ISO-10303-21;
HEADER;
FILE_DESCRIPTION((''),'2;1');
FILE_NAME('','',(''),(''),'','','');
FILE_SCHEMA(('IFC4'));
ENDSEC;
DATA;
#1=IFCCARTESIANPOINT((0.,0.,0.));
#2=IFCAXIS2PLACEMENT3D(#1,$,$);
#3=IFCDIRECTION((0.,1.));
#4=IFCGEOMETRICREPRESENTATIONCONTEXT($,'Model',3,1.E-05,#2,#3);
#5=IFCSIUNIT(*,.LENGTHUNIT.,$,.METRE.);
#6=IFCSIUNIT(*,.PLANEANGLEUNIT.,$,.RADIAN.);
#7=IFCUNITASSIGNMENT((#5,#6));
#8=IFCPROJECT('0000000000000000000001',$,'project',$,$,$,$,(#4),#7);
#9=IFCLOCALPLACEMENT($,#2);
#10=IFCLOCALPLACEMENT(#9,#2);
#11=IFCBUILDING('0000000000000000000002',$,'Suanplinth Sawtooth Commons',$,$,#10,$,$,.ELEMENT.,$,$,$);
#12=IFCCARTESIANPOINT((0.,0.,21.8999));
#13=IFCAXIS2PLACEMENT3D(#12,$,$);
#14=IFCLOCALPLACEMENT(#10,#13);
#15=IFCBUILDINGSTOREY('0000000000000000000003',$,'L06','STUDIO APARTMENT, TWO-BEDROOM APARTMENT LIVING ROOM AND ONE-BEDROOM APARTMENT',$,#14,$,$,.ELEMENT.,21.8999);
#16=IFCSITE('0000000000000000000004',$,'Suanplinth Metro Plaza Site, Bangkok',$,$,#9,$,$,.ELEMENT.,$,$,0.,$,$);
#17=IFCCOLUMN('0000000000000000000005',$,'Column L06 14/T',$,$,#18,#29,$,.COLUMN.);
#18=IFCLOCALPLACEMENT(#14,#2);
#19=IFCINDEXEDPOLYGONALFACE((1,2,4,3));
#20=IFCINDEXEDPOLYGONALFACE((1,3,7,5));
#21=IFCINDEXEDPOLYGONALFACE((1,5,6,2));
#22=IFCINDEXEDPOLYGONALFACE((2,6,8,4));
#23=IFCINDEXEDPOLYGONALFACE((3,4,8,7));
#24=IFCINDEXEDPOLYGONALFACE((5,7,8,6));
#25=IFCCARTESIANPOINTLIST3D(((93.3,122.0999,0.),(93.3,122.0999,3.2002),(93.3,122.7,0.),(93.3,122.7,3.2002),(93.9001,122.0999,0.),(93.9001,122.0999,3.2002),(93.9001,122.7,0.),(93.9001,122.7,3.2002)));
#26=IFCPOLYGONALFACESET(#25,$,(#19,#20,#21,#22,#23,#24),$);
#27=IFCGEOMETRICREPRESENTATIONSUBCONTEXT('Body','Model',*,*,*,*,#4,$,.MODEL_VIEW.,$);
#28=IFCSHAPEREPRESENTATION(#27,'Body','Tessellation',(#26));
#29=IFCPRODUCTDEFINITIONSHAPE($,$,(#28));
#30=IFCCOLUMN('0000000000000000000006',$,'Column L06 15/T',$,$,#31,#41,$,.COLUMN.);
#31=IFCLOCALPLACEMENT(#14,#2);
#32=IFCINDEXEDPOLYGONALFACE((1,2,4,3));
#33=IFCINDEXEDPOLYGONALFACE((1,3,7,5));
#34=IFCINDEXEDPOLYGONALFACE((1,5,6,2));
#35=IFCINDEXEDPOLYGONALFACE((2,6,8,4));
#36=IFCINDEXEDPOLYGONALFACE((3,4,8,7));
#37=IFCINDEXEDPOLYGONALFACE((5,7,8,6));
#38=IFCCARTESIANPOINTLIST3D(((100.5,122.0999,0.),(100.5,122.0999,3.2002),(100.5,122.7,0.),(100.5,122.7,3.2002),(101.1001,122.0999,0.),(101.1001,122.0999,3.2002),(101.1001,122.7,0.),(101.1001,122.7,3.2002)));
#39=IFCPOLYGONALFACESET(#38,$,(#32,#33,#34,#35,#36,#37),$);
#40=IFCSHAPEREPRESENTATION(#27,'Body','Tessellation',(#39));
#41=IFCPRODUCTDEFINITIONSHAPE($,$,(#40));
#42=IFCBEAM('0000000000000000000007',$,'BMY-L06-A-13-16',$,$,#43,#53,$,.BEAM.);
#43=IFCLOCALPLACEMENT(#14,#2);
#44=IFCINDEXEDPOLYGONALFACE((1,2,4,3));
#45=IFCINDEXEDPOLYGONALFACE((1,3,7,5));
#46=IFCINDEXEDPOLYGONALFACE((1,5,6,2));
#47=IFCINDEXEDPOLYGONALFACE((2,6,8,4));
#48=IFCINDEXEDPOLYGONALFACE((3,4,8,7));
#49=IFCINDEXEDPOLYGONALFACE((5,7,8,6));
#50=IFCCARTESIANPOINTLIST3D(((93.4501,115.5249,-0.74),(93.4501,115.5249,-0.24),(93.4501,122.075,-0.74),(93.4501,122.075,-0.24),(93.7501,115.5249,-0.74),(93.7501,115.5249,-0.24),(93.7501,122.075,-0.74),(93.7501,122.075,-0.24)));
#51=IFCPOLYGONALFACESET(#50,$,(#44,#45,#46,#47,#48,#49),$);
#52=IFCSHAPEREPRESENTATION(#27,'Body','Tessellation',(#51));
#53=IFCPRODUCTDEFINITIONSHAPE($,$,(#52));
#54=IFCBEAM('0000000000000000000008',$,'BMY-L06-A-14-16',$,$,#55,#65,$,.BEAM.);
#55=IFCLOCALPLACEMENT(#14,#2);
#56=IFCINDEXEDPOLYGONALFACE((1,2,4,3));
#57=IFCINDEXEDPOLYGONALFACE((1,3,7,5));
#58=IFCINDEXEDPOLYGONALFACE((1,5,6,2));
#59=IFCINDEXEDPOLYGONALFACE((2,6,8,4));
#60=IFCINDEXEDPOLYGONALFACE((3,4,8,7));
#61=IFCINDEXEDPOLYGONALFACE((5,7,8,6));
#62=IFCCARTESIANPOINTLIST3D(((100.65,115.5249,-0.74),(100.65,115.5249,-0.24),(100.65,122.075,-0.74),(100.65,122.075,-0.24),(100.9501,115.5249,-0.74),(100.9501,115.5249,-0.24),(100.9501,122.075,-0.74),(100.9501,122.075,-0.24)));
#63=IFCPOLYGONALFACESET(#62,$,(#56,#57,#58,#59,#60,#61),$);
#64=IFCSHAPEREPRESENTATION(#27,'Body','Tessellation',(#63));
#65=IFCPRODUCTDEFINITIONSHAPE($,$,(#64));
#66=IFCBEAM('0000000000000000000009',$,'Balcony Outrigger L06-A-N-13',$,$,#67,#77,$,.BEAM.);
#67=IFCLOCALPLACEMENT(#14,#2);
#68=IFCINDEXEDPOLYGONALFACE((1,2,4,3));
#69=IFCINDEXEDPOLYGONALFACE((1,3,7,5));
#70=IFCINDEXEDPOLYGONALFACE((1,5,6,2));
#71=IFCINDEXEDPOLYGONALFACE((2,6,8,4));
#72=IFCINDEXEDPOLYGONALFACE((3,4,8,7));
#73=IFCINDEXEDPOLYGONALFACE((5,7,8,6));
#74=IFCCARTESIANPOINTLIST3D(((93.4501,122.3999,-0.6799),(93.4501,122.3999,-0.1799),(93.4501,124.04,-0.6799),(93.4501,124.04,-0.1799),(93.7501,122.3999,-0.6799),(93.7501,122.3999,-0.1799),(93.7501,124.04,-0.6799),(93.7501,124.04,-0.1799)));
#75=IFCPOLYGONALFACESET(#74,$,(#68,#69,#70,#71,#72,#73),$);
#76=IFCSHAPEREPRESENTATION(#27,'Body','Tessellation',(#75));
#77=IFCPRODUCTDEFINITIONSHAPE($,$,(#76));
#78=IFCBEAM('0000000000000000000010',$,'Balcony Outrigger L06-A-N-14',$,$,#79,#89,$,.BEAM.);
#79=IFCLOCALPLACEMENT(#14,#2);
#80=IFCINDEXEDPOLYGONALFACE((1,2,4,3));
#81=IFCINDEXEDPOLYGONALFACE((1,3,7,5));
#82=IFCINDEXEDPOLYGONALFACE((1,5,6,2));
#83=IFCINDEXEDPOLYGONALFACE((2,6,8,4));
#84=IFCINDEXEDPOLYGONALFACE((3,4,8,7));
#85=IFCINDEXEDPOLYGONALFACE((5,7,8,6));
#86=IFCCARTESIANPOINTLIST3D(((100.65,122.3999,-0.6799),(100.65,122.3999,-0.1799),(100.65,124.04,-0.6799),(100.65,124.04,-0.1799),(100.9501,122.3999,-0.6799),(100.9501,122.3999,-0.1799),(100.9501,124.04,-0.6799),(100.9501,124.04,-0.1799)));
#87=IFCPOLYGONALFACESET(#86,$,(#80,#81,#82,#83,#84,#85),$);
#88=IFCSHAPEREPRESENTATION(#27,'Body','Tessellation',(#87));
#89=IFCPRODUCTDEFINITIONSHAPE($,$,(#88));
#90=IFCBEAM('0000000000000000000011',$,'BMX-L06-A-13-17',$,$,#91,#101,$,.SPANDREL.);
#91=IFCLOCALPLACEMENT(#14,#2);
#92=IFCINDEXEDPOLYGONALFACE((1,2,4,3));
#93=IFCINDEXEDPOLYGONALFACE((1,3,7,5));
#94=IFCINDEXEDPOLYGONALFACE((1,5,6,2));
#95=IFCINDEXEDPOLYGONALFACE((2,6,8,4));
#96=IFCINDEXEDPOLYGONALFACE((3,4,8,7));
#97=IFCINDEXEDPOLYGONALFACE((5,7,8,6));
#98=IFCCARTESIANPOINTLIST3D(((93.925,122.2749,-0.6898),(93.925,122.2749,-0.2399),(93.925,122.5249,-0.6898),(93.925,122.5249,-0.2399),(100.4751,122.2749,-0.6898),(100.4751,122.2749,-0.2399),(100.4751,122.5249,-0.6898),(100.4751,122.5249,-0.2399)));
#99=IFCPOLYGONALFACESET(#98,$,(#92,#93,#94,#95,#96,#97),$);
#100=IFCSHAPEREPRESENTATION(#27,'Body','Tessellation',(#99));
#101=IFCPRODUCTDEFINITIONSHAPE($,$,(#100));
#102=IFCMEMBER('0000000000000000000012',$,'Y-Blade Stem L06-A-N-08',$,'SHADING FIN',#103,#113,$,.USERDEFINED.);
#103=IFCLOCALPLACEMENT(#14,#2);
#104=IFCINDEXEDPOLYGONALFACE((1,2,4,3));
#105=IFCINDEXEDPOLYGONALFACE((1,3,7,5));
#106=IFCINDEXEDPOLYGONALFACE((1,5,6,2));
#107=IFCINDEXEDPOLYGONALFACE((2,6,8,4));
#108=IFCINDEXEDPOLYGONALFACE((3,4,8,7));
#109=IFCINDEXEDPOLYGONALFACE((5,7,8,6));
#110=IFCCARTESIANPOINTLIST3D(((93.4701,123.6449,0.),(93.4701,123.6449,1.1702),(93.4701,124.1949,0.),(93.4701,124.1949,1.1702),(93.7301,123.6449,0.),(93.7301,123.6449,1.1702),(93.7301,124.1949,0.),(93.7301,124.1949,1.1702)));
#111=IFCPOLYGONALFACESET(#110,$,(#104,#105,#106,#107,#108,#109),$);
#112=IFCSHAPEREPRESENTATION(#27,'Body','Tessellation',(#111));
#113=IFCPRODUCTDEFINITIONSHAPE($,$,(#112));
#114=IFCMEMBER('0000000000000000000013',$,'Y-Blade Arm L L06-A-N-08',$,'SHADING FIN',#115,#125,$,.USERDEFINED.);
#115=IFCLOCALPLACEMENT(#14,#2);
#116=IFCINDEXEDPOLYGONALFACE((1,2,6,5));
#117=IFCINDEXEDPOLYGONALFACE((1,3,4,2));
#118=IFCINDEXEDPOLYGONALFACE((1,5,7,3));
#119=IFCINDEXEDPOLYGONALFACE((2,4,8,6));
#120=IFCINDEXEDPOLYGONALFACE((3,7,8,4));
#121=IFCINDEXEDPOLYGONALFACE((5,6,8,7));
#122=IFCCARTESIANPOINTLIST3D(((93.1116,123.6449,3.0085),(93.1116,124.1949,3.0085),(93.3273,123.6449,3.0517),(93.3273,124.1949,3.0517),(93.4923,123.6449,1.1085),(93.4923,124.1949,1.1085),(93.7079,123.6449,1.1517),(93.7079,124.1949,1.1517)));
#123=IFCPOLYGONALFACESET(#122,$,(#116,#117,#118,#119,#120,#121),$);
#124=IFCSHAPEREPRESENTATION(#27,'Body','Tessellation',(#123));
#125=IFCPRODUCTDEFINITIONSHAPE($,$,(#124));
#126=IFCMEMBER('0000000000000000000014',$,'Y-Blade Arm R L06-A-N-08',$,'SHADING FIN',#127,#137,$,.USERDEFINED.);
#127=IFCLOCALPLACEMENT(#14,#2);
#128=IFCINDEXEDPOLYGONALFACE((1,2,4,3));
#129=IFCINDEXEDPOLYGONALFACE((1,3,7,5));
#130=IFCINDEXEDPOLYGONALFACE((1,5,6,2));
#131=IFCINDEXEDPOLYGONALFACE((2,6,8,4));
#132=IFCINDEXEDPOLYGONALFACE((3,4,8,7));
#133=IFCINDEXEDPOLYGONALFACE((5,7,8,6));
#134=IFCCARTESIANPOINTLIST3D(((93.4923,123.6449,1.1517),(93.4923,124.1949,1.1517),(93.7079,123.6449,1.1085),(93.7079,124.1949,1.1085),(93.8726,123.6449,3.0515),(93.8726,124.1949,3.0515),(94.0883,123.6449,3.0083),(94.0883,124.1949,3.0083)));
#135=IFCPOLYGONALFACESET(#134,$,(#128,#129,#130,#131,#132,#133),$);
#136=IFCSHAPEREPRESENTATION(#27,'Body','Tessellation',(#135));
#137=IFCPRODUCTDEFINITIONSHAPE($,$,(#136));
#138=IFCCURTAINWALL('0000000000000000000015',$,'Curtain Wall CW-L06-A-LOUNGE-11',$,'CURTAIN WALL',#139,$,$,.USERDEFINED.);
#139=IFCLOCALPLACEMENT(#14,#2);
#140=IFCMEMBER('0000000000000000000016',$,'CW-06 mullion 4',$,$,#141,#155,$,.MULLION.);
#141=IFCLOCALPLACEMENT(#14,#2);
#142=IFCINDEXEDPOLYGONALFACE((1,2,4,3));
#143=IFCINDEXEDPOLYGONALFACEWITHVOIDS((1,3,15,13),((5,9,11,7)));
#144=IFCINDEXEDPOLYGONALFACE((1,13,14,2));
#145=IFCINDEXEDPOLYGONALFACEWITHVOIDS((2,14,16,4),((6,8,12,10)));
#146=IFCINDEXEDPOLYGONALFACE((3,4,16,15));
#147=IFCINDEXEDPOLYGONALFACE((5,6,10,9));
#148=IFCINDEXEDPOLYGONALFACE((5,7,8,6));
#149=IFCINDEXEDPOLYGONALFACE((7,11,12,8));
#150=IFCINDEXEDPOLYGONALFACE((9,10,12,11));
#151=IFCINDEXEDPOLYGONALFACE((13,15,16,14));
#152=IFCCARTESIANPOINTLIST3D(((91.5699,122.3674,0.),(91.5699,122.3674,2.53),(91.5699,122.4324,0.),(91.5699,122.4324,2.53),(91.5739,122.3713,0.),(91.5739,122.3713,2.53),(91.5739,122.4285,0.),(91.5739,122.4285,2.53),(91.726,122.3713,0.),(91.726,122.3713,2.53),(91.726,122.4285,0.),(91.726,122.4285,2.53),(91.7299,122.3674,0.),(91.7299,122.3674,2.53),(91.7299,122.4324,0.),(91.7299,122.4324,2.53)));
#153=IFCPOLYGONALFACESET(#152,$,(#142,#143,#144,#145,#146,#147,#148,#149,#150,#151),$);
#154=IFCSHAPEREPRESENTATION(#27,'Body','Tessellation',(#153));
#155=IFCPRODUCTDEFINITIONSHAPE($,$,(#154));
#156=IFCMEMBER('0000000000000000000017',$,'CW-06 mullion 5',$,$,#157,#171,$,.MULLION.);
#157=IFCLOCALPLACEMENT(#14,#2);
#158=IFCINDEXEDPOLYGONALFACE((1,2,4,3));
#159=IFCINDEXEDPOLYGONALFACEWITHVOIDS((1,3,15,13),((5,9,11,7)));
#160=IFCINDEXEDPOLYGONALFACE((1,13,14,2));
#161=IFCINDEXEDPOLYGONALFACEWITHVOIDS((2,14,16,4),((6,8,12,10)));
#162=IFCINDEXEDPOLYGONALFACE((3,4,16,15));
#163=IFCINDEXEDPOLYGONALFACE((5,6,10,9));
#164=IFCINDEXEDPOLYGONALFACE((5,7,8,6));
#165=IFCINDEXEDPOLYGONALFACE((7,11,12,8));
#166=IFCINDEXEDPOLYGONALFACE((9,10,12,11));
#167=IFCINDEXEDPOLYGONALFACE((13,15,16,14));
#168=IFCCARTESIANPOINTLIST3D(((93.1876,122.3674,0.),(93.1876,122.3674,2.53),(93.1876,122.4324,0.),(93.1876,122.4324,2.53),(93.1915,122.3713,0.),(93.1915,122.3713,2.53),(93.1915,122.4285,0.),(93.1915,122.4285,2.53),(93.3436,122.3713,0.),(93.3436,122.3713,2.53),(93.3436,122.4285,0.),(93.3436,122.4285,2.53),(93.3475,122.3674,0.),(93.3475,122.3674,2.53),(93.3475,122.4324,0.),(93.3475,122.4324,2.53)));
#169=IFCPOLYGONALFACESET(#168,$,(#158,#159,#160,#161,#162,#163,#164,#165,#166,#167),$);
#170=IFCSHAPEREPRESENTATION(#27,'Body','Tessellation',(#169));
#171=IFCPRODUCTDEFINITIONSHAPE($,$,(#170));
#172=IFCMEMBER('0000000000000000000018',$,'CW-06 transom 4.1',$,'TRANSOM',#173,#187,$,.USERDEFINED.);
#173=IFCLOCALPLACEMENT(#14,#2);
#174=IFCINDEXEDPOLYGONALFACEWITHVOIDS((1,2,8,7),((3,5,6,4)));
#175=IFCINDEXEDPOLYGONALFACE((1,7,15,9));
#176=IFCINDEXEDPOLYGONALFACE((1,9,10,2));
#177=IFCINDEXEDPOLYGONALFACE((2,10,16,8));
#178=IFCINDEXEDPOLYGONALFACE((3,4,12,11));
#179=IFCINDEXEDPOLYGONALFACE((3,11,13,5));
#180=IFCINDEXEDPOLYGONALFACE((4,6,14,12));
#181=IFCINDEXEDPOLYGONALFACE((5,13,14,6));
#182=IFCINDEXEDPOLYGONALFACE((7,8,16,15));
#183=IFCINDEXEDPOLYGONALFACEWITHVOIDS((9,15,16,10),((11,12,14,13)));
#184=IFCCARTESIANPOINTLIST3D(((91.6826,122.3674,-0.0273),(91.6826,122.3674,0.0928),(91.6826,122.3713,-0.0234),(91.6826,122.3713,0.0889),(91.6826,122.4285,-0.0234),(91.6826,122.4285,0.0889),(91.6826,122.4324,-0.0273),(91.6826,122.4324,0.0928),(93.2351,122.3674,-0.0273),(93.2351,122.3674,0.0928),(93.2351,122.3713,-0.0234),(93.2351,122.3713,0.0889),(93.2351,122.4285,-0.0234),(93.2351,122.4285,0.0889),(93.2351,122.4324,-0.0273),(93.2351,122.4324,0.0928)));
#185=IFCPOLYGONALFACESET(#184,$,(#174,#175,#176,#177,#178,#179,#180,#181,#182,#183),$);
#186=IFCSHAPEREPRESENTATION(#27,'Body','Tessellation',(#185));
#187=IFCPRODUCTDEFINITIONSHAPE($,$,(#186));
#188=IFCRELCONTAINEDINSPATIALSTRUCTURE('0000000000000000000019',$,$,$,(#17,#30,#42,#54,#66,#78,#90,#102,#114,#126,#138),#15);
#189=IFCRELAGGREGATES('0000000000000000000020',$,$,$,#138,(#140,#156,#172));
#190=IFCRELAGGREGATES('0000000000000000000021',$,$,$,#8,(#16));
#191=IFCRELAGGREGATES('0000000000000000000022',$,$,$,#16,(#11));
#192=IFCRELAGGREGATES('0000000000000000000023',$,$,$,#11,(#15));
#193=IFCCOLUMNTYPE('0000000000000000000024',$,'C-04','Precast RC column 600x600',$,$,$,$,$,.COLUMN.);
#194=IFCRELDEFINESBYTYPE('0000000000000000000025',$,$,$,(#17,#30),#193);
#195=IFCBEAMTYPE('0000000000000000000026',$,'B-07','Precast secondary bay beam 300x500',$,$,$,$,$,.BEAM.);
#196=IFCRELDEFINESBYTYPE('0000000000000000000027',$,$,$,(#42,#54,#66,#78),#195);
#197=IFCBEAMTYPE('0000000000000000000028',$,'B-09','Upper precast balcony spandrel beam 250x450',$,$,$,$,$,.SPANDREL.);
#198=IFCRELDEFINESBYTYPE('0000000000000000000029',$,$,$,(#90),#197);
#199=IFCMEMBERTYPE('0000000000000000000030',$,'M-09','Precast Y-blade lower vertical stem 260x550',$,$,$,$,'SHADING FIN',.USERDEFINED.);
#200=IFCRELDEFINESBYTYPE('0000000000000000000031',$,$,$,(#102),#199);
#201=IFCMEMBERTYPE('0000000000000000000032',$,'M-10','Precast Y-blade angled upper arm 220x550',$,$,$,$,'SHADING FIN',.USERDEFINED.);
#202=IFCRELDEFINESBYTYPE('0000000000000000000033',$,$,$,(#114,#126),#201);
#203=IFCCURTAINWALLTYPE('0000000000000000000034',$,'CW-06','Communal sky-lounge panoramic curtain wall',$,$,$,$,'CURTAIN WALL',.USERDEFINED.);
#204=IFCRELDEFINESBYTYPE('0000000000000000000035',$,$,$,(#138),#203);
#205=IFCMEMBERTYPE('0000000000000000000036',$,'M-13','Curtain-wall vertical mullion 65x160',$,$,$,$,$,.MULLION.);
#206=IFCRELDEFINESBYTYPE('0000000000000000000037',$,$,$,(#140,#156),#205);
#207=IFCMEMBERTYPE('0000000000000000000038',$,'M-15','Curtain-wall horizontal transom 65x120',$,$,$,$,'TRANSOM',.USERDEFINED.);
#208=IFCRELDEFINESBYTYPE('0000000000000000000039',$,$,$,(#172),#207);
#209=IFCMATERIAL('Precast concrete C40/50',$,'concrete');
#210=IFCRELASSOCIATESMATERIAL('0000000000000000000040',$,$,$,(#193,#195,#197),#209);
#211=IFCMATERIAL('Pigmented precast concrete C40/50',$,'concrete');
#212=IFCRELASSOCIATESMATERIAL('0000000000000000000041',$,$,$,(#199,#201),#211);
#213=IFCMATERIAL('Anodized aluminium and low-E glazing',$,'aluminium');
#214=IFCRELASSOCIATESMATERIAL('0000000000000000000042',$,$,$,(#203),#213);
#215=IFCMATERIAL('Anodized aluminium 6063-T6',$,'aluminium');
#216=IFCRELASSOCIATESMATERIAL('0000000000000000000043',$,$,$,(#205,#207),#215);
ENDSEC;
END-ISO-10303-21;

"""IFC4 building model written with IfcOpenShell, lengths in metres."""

from ifc_helpers import new_model, si_unit, direction, frame, origin, origin_2d, place, context, subcontext, project, spatial, rectangle, hollow_rectangle, extrude, material, material_profile, profile_set, type_object, element, aggregate, save


model = new_model("IFC4")

# Units and contexts
model_context = context("Model", 3, precision=1e-05, world=origin(), true_north=direction((0.0, 1.0)))
body_context = subcontext(model_context, "Body", "Model", "MODEL_VIEW")
ifc_project = project(units=[si_unit("LENGTHUNIT", "METRE"), si_unit("PLANEANGLEUNIT", "RADIAN")], contexts=[model_context])

# Site, building, storey
site_placement = place(None, origin())
site = spatial("IfcSite", under=ifc_project, at=site_placement, Name="Suanplinth Metro Plaza Site, Bangkok", CompositionType="ELEMENT", RefElevation=0.0)
building_placement = place(site_placement, origin())
building = spatial("IfcBuilding", under=site, at=building_placement, Name="Suanplinth Sawtooth Commons", CompositionType="ELEMENT")
storey_placement = place(building_placement, frame((0.0, 0.0, 21.8999)))
storey = spatial("IfcBuildingStorey", under=building, at=storey_placement, Name="L06", Description="STUDIO APARTMENT, TWO-BEDROOM APARTMENT LIVING ROOM AND ONE-BEDROOM APARTMENT", CompositionType="ELEMENT", Elevation=21.8999)

# Columns
ifc_material_1 = material(Name="Precast concrete C40/50", Category="concrete")
ifc_material_profile_1 = material_profile(ifc_material_1, rectangle(XDim=0.6001, YDim=0.6001, at=origin_2d()), Name="PC-COL 600x600")
ifc_profile_set_1 = profile_set([ifc_material_profile_1], Name="Precast concrete C40/50")
column_type = type_object("IfcColumnType", Name="C-04", Description="Precast RC column 600x600", PredefinedType="COLUMN", material=ifc_profile_set_1)
for number, where, z_axis, x_axis, name in (
    (1, (93.6001, 122.3999, 0.0), (0.0, 0.0, 1.0), (1.0, 0.0, 0.0), "Column L06 14/T"),
    (2, (100.8, 122.3999, 0.0), (0.0, 0.0, 1.0), (1.0, 0.0, 0.0), "Column L06 15/T"),
):
    element("IfcColumn", number, at=place(storey_placement, frame(where, z_axis=z_axis, x_axis=x_axis)), inside=storey, type_object=column_type, Name=name, PredefinedType="COLUMN", context=body_context, shape_type="SweptSolid", body=[
        extrude(rectangle(XDim=0.6001, YDim=0.6001, at=origin_2d()), origin(), (0.0, 0.0, 1.0), 3.2002),
    ])

# Beams
ifc_material_profile_2 = material_profile(ifc_material_1, rectangle(XDim=0.3, YDim=0.5, at=origin_2d()), Name="PC-BM 300x500")
ifc_profile_set_2 = profile_set([ifc_material_profile_2], Name="Precast concrete C40/50")
beam_type_1 = type_object("IfcBeamType", Name="B-07", Description="Precast secondary bay beam 300x500", PredefinedType="BEAM", material=ifc_profile_set_2)
for number, where, z_axis, x_axis, name in (
    (3, (93.6001, 115.5249, -0.49), (0.0, 1.0, 0.0), (-1.0, 0.0, 0.0), "BMY-L06-A-13-16"),
    (4, (100.8, 115.5249, -0.49), (0.0, 1.0, 0.0), (-1.0, 0.0, 0.0), "BMY-L06-A-14-16"),
):
    element("IfcBeam", number, at=place(storey_placement, frame(where, z_axis=z_axis, x_axis=x_axis)), inside=storey, type_object=beam_type_1, Name=name, PredefinedType="BEAM", context=body_context, shape_type="SweptSolid", body=[
        extrude(rectangle(XDim=0.3, YDim=0.5, at=origin_2d()), origin(), (0.0, 0.0, 1.0), 6.55),
    ])
for number, where, z_axis, x_axis, name in (
    (5, (93.6001, 122.3999, -0.4299), (0.0, 1.0, 0.0), (-1.0, 0.0, 0.0), "Balcony Outrigger L06-A-N-13"),
    (6, (100.8, 122.3999, -0.4299), (0.0, 1.0, 0.0), (-1.0, 0.0, 0.0), "Balcony Outrigger L06-A-N-14"),
):
    element("IfcBeam", number, at=place(storey_placement, frame(where, z_axis=z_axis, x_axis=x_axis)), inside=storey, type_object=beam_type_1, Name=name, PredefinedType="BEAM", context=body_context, shape_type="SweptSolid", body=[
        extrude(rectangle(XDim=0.3, YDim=0.5, at=origin_2d()), origin(), (0.0, 0.0, 1.0), 1.6401),
    ])
ifc_material_profile_3 = material_profile(ifc_material_1, rectangle(XDim=0.25, YDim=0.45, at=origin_2d()), Name="PC-SP 250x450")
ifc_profile_set_3 = profile_set([ifc_material_profile_3], Name="Precast concrete C40/50")
beam_type_2 = type_object("IfcBeamType", Name="B-09", Description="Upper precast balcony spandrel beam 250x450", PredefinedType="SPANDREL", material=ifc_profile_set_3)
beam_placement = place(storey_placement, frame((93.925, 122.3999, -0.4648), z_axis=(1.0, 0.0, 0.0), x_axis=(0.0, 1.0, 0.0)))
element("IfcBeam", 7, at=beam_placement, inside=storey, type_object=beam_type_2, Name="BMX-L06-A-13-17", PredefinedType="SPANDREL", context=body_context, shape_type="SweptSolid", body=[
    extrude(rectangle(XDim=0.25, YDim=0.45, at=origin_2d()), origin(), (0.0, 0.0, 1.0), 6.55),
])

# Members
ifc_material_2 = material(Name="Pigmented precast concrete C40/50", Category="concrete")
ifc_material_profile_4 = material_profile(ifc_material_2, rectangle(XDim=0.26, YDim=0.55, at=origin_2d()), Name="PC-FIN 260x550")
ifc_profile_set_4 = profile_set([ifc_material_profile_4], Name="Pigmented precast concrete C40/50")
member_type_1 = type_object("IfcMemberType", Name="M-09", Description="Precast Y-blade lower vertical stem 260x550", ElementType="SHADING FIN", PredefinedType="USERDEFINED", material=ifc_profile_set_4)
member_1_placement = place(storey_placement, frame((93.6001, 123.9199, 0.0), z_axis=(0.0, 0.0, 1.0), x_axis=(1.0, 0.0, 0.0)))
element("IfcMember", 8, at=member_1_placement, inside=storey, type_object=member_type_1, Name="Y-Blade Stem L06-A-N-08", ObjectType="SHADING FIN", PredefinedType="USERDEFINED", context=body_context, shape_type="SweptSolid", body=[
    extrude(rectangle(XDim=0.26, YDim=0.55, at=origin_2d()), origin(), (0.0, 0.0, 1.0), 1.1702),
])
ifc_material_profile_5 = material_profile(ifc_material_2, rectangle(XDim=0.22, YDim=0.55, at=origin_2d()), Name="PC-FIN 220x550")
ifc_profile_set_5 = profile_set([ifc_material_profile_5], Name="Pigmented precast concrete C40/50")
member_type_2 = type_object("IfcMemberType", Name="M-10", Description="Precast Y-blade angled upper arm 220x550", ElementType="SHADING FIN", PredefinedType="USERDEFINED", material=ifc_profile_set_5)
member_2_placement = place(storey_placement, frame((93.6001, 123.9199, 1.1301), z_axis=(-0.196431, 0.0, 0.980518), x_axis=(0.980518, 0.0, 0.196431)))
element("IfcMember", 9, at=member_2_placement, inside=storey, type_object=member_type_2, Name="Y-Blade Arm L L06-A-N-08", ObjectType="SHADING FIN", PredefinedType="USERDEFINED", context=body_context, shape_type="SweptSolid", body=[
    extrude(rectangle(XDim=0.22, YDim=0.55, at=origin_2d()), origin(), (0.0, 0.0, 1.0), 1.9377),
])
member_3_placement = place(storey_placement, frame((93.6001, 123.9199, 1.1301), z_axis=(0.19631, 0.0, 0.980542), x_axis=(-0.980542, 0.0, 0.19631)))
element("IfcMember", 10, at=member_3_placement, inside=storey, type_object=member_type_2, Name="Y-Blade Arm R L06-A-N-08", ObjectType="SHADING FIN", PredefinedType="USERDEFINED", context=body_context, shape_type="SweptSolid", body=[
    extrude(rectangle(XDim=0.22, YDim=0.55, at=origin_2d()), origin(), (0.0, 0.0, 1.0), 1.9375),
])

# Curtain wall, members
ifc_material_3 = material(Name="Anodized aluminium and low-E glazing", Category="aluminium")
curtain_wall_type = type_object("IfcCurtainWallType", Name="CW-06", Description="Communal sky-lounge panoramic curtain wall", ElementType="CURTAIN WALL", PredefinedType="USERDEFINED", material=ifc_material_3)
curtain_wall_placement = place(storey_placement, origin())
curtain_wall = element("IfcCurtainWall", 11, at=curtain_wall_placement, inside=storey, type_object=curtain_wall_type, Name="Curtain Wall CW-L06-A-LOUNGE-11", ObjectType="CURTAIN WALL", PredefinedType="USERDEFINED")
ifc_material_4 = material(Name="Anodized aluminium 6063-T6", Category="aluminium")
ifc_material_profile_6 = material_profile(ifc_material_4, hollow_rectangle(XDim=0.0649, YDim=0.1599, WallThickness=0.0039, at=origin_2d()), Name="ALU-MUL 65x160")
ifc_profile_set_6 = profile_set([ifc_material_profile_6], Name="Anodized aluminium 6063-T6")
member_type_3 = type_object("IfcMemberType", Name="M-13", Description="Curtain-wall vertical mullion 65x160", PredefinedType="MULLION", material=ifc_profile_set_6)
member_4_placement = place(storey_placement, frame((91.6499, 122.3999, 0.0), z_axis=(0.0, 0.0, 1.0), x_axis=(0.0, 1.0, 0.0)))
member_4 = element("IfcMember", 12, at=member_4_placement, type_object=member_type_3, Name="CW-06 mullion 4", PredefinedType="MULLION", context=body_context, shape_type="SweptSolid", body=[
    extrude(hollow_rectangle(XDim=0.0649, YDim=0.1599, WallThickness=0.0039, at=origin_2d()), origin(), (0.0, 0.0, 1.0), 2.53),
])
member_5_placement = place(storey_placement, frame((93.2676, 122.3999, 0.0), z_axis=(0.0, 0.0, 1.0), x_axis=(0.0, 1.0, 0.0)))
member_5 = element("IfcMember", 13, at=member_5_placement, type_object=member_type_3, Name="CW-06 mullion 5", PredefinedType="MULLION", context=body_context, shape_type="SweptSolid", body=[
    extrude(hollow_rectangle(XDim=0.0649, YDim=0.1599, WallThickness=0.0039, at=origin_2d()), origin(), (0.0, 0.0, 1.0), 2.53),
])
ifc_material_profile_7 = material_profile(ifc_material_4, hollow_rectangle(XDim=0.0649, YDim=0.1201, WallThickness=0.0039, at=origin_2d()), Name="ALU-TRN 65x120")
ifc_profile_set_7 = profile_set([ifc_material_profile_7], Name="Anodized aluminium 6063-T6")
member_type_4 = type_object("IfcMemberType", Name="M-15", Description="Curtain-wall horizontal transom 65x120", ElementType="TRANSOM", PredefinedType="USERDEFINED", material=ifc_profile_set_7)
member_6_placement = place(storey_placement, frame((91.6826, 122.3999, 0.0327), z_axis=(1.0, 0.0, 0.0), x_axis=(0.0, 1.0, 0.0)))
member_6 = element("IfcMember", 14, at=member_6_placement, type_object=member_type_4, Name="CW-06 transom 4.1", ObjectType="TRANSOM", PredefinedType="USERDEFINED", context=body_context, shape_type="SweptSolid", body=[
    extrude(hollow_rectangle(XDim=0.0649, YDim=0.1201, WallThickness=0.0039, at=origin_2d()), origin(), (0.0, 0.0, 1.0), 1.5525),
])

aggregate(curtain_wall, [member_4, member_5, member_6])

save(model, "model.ifc")
